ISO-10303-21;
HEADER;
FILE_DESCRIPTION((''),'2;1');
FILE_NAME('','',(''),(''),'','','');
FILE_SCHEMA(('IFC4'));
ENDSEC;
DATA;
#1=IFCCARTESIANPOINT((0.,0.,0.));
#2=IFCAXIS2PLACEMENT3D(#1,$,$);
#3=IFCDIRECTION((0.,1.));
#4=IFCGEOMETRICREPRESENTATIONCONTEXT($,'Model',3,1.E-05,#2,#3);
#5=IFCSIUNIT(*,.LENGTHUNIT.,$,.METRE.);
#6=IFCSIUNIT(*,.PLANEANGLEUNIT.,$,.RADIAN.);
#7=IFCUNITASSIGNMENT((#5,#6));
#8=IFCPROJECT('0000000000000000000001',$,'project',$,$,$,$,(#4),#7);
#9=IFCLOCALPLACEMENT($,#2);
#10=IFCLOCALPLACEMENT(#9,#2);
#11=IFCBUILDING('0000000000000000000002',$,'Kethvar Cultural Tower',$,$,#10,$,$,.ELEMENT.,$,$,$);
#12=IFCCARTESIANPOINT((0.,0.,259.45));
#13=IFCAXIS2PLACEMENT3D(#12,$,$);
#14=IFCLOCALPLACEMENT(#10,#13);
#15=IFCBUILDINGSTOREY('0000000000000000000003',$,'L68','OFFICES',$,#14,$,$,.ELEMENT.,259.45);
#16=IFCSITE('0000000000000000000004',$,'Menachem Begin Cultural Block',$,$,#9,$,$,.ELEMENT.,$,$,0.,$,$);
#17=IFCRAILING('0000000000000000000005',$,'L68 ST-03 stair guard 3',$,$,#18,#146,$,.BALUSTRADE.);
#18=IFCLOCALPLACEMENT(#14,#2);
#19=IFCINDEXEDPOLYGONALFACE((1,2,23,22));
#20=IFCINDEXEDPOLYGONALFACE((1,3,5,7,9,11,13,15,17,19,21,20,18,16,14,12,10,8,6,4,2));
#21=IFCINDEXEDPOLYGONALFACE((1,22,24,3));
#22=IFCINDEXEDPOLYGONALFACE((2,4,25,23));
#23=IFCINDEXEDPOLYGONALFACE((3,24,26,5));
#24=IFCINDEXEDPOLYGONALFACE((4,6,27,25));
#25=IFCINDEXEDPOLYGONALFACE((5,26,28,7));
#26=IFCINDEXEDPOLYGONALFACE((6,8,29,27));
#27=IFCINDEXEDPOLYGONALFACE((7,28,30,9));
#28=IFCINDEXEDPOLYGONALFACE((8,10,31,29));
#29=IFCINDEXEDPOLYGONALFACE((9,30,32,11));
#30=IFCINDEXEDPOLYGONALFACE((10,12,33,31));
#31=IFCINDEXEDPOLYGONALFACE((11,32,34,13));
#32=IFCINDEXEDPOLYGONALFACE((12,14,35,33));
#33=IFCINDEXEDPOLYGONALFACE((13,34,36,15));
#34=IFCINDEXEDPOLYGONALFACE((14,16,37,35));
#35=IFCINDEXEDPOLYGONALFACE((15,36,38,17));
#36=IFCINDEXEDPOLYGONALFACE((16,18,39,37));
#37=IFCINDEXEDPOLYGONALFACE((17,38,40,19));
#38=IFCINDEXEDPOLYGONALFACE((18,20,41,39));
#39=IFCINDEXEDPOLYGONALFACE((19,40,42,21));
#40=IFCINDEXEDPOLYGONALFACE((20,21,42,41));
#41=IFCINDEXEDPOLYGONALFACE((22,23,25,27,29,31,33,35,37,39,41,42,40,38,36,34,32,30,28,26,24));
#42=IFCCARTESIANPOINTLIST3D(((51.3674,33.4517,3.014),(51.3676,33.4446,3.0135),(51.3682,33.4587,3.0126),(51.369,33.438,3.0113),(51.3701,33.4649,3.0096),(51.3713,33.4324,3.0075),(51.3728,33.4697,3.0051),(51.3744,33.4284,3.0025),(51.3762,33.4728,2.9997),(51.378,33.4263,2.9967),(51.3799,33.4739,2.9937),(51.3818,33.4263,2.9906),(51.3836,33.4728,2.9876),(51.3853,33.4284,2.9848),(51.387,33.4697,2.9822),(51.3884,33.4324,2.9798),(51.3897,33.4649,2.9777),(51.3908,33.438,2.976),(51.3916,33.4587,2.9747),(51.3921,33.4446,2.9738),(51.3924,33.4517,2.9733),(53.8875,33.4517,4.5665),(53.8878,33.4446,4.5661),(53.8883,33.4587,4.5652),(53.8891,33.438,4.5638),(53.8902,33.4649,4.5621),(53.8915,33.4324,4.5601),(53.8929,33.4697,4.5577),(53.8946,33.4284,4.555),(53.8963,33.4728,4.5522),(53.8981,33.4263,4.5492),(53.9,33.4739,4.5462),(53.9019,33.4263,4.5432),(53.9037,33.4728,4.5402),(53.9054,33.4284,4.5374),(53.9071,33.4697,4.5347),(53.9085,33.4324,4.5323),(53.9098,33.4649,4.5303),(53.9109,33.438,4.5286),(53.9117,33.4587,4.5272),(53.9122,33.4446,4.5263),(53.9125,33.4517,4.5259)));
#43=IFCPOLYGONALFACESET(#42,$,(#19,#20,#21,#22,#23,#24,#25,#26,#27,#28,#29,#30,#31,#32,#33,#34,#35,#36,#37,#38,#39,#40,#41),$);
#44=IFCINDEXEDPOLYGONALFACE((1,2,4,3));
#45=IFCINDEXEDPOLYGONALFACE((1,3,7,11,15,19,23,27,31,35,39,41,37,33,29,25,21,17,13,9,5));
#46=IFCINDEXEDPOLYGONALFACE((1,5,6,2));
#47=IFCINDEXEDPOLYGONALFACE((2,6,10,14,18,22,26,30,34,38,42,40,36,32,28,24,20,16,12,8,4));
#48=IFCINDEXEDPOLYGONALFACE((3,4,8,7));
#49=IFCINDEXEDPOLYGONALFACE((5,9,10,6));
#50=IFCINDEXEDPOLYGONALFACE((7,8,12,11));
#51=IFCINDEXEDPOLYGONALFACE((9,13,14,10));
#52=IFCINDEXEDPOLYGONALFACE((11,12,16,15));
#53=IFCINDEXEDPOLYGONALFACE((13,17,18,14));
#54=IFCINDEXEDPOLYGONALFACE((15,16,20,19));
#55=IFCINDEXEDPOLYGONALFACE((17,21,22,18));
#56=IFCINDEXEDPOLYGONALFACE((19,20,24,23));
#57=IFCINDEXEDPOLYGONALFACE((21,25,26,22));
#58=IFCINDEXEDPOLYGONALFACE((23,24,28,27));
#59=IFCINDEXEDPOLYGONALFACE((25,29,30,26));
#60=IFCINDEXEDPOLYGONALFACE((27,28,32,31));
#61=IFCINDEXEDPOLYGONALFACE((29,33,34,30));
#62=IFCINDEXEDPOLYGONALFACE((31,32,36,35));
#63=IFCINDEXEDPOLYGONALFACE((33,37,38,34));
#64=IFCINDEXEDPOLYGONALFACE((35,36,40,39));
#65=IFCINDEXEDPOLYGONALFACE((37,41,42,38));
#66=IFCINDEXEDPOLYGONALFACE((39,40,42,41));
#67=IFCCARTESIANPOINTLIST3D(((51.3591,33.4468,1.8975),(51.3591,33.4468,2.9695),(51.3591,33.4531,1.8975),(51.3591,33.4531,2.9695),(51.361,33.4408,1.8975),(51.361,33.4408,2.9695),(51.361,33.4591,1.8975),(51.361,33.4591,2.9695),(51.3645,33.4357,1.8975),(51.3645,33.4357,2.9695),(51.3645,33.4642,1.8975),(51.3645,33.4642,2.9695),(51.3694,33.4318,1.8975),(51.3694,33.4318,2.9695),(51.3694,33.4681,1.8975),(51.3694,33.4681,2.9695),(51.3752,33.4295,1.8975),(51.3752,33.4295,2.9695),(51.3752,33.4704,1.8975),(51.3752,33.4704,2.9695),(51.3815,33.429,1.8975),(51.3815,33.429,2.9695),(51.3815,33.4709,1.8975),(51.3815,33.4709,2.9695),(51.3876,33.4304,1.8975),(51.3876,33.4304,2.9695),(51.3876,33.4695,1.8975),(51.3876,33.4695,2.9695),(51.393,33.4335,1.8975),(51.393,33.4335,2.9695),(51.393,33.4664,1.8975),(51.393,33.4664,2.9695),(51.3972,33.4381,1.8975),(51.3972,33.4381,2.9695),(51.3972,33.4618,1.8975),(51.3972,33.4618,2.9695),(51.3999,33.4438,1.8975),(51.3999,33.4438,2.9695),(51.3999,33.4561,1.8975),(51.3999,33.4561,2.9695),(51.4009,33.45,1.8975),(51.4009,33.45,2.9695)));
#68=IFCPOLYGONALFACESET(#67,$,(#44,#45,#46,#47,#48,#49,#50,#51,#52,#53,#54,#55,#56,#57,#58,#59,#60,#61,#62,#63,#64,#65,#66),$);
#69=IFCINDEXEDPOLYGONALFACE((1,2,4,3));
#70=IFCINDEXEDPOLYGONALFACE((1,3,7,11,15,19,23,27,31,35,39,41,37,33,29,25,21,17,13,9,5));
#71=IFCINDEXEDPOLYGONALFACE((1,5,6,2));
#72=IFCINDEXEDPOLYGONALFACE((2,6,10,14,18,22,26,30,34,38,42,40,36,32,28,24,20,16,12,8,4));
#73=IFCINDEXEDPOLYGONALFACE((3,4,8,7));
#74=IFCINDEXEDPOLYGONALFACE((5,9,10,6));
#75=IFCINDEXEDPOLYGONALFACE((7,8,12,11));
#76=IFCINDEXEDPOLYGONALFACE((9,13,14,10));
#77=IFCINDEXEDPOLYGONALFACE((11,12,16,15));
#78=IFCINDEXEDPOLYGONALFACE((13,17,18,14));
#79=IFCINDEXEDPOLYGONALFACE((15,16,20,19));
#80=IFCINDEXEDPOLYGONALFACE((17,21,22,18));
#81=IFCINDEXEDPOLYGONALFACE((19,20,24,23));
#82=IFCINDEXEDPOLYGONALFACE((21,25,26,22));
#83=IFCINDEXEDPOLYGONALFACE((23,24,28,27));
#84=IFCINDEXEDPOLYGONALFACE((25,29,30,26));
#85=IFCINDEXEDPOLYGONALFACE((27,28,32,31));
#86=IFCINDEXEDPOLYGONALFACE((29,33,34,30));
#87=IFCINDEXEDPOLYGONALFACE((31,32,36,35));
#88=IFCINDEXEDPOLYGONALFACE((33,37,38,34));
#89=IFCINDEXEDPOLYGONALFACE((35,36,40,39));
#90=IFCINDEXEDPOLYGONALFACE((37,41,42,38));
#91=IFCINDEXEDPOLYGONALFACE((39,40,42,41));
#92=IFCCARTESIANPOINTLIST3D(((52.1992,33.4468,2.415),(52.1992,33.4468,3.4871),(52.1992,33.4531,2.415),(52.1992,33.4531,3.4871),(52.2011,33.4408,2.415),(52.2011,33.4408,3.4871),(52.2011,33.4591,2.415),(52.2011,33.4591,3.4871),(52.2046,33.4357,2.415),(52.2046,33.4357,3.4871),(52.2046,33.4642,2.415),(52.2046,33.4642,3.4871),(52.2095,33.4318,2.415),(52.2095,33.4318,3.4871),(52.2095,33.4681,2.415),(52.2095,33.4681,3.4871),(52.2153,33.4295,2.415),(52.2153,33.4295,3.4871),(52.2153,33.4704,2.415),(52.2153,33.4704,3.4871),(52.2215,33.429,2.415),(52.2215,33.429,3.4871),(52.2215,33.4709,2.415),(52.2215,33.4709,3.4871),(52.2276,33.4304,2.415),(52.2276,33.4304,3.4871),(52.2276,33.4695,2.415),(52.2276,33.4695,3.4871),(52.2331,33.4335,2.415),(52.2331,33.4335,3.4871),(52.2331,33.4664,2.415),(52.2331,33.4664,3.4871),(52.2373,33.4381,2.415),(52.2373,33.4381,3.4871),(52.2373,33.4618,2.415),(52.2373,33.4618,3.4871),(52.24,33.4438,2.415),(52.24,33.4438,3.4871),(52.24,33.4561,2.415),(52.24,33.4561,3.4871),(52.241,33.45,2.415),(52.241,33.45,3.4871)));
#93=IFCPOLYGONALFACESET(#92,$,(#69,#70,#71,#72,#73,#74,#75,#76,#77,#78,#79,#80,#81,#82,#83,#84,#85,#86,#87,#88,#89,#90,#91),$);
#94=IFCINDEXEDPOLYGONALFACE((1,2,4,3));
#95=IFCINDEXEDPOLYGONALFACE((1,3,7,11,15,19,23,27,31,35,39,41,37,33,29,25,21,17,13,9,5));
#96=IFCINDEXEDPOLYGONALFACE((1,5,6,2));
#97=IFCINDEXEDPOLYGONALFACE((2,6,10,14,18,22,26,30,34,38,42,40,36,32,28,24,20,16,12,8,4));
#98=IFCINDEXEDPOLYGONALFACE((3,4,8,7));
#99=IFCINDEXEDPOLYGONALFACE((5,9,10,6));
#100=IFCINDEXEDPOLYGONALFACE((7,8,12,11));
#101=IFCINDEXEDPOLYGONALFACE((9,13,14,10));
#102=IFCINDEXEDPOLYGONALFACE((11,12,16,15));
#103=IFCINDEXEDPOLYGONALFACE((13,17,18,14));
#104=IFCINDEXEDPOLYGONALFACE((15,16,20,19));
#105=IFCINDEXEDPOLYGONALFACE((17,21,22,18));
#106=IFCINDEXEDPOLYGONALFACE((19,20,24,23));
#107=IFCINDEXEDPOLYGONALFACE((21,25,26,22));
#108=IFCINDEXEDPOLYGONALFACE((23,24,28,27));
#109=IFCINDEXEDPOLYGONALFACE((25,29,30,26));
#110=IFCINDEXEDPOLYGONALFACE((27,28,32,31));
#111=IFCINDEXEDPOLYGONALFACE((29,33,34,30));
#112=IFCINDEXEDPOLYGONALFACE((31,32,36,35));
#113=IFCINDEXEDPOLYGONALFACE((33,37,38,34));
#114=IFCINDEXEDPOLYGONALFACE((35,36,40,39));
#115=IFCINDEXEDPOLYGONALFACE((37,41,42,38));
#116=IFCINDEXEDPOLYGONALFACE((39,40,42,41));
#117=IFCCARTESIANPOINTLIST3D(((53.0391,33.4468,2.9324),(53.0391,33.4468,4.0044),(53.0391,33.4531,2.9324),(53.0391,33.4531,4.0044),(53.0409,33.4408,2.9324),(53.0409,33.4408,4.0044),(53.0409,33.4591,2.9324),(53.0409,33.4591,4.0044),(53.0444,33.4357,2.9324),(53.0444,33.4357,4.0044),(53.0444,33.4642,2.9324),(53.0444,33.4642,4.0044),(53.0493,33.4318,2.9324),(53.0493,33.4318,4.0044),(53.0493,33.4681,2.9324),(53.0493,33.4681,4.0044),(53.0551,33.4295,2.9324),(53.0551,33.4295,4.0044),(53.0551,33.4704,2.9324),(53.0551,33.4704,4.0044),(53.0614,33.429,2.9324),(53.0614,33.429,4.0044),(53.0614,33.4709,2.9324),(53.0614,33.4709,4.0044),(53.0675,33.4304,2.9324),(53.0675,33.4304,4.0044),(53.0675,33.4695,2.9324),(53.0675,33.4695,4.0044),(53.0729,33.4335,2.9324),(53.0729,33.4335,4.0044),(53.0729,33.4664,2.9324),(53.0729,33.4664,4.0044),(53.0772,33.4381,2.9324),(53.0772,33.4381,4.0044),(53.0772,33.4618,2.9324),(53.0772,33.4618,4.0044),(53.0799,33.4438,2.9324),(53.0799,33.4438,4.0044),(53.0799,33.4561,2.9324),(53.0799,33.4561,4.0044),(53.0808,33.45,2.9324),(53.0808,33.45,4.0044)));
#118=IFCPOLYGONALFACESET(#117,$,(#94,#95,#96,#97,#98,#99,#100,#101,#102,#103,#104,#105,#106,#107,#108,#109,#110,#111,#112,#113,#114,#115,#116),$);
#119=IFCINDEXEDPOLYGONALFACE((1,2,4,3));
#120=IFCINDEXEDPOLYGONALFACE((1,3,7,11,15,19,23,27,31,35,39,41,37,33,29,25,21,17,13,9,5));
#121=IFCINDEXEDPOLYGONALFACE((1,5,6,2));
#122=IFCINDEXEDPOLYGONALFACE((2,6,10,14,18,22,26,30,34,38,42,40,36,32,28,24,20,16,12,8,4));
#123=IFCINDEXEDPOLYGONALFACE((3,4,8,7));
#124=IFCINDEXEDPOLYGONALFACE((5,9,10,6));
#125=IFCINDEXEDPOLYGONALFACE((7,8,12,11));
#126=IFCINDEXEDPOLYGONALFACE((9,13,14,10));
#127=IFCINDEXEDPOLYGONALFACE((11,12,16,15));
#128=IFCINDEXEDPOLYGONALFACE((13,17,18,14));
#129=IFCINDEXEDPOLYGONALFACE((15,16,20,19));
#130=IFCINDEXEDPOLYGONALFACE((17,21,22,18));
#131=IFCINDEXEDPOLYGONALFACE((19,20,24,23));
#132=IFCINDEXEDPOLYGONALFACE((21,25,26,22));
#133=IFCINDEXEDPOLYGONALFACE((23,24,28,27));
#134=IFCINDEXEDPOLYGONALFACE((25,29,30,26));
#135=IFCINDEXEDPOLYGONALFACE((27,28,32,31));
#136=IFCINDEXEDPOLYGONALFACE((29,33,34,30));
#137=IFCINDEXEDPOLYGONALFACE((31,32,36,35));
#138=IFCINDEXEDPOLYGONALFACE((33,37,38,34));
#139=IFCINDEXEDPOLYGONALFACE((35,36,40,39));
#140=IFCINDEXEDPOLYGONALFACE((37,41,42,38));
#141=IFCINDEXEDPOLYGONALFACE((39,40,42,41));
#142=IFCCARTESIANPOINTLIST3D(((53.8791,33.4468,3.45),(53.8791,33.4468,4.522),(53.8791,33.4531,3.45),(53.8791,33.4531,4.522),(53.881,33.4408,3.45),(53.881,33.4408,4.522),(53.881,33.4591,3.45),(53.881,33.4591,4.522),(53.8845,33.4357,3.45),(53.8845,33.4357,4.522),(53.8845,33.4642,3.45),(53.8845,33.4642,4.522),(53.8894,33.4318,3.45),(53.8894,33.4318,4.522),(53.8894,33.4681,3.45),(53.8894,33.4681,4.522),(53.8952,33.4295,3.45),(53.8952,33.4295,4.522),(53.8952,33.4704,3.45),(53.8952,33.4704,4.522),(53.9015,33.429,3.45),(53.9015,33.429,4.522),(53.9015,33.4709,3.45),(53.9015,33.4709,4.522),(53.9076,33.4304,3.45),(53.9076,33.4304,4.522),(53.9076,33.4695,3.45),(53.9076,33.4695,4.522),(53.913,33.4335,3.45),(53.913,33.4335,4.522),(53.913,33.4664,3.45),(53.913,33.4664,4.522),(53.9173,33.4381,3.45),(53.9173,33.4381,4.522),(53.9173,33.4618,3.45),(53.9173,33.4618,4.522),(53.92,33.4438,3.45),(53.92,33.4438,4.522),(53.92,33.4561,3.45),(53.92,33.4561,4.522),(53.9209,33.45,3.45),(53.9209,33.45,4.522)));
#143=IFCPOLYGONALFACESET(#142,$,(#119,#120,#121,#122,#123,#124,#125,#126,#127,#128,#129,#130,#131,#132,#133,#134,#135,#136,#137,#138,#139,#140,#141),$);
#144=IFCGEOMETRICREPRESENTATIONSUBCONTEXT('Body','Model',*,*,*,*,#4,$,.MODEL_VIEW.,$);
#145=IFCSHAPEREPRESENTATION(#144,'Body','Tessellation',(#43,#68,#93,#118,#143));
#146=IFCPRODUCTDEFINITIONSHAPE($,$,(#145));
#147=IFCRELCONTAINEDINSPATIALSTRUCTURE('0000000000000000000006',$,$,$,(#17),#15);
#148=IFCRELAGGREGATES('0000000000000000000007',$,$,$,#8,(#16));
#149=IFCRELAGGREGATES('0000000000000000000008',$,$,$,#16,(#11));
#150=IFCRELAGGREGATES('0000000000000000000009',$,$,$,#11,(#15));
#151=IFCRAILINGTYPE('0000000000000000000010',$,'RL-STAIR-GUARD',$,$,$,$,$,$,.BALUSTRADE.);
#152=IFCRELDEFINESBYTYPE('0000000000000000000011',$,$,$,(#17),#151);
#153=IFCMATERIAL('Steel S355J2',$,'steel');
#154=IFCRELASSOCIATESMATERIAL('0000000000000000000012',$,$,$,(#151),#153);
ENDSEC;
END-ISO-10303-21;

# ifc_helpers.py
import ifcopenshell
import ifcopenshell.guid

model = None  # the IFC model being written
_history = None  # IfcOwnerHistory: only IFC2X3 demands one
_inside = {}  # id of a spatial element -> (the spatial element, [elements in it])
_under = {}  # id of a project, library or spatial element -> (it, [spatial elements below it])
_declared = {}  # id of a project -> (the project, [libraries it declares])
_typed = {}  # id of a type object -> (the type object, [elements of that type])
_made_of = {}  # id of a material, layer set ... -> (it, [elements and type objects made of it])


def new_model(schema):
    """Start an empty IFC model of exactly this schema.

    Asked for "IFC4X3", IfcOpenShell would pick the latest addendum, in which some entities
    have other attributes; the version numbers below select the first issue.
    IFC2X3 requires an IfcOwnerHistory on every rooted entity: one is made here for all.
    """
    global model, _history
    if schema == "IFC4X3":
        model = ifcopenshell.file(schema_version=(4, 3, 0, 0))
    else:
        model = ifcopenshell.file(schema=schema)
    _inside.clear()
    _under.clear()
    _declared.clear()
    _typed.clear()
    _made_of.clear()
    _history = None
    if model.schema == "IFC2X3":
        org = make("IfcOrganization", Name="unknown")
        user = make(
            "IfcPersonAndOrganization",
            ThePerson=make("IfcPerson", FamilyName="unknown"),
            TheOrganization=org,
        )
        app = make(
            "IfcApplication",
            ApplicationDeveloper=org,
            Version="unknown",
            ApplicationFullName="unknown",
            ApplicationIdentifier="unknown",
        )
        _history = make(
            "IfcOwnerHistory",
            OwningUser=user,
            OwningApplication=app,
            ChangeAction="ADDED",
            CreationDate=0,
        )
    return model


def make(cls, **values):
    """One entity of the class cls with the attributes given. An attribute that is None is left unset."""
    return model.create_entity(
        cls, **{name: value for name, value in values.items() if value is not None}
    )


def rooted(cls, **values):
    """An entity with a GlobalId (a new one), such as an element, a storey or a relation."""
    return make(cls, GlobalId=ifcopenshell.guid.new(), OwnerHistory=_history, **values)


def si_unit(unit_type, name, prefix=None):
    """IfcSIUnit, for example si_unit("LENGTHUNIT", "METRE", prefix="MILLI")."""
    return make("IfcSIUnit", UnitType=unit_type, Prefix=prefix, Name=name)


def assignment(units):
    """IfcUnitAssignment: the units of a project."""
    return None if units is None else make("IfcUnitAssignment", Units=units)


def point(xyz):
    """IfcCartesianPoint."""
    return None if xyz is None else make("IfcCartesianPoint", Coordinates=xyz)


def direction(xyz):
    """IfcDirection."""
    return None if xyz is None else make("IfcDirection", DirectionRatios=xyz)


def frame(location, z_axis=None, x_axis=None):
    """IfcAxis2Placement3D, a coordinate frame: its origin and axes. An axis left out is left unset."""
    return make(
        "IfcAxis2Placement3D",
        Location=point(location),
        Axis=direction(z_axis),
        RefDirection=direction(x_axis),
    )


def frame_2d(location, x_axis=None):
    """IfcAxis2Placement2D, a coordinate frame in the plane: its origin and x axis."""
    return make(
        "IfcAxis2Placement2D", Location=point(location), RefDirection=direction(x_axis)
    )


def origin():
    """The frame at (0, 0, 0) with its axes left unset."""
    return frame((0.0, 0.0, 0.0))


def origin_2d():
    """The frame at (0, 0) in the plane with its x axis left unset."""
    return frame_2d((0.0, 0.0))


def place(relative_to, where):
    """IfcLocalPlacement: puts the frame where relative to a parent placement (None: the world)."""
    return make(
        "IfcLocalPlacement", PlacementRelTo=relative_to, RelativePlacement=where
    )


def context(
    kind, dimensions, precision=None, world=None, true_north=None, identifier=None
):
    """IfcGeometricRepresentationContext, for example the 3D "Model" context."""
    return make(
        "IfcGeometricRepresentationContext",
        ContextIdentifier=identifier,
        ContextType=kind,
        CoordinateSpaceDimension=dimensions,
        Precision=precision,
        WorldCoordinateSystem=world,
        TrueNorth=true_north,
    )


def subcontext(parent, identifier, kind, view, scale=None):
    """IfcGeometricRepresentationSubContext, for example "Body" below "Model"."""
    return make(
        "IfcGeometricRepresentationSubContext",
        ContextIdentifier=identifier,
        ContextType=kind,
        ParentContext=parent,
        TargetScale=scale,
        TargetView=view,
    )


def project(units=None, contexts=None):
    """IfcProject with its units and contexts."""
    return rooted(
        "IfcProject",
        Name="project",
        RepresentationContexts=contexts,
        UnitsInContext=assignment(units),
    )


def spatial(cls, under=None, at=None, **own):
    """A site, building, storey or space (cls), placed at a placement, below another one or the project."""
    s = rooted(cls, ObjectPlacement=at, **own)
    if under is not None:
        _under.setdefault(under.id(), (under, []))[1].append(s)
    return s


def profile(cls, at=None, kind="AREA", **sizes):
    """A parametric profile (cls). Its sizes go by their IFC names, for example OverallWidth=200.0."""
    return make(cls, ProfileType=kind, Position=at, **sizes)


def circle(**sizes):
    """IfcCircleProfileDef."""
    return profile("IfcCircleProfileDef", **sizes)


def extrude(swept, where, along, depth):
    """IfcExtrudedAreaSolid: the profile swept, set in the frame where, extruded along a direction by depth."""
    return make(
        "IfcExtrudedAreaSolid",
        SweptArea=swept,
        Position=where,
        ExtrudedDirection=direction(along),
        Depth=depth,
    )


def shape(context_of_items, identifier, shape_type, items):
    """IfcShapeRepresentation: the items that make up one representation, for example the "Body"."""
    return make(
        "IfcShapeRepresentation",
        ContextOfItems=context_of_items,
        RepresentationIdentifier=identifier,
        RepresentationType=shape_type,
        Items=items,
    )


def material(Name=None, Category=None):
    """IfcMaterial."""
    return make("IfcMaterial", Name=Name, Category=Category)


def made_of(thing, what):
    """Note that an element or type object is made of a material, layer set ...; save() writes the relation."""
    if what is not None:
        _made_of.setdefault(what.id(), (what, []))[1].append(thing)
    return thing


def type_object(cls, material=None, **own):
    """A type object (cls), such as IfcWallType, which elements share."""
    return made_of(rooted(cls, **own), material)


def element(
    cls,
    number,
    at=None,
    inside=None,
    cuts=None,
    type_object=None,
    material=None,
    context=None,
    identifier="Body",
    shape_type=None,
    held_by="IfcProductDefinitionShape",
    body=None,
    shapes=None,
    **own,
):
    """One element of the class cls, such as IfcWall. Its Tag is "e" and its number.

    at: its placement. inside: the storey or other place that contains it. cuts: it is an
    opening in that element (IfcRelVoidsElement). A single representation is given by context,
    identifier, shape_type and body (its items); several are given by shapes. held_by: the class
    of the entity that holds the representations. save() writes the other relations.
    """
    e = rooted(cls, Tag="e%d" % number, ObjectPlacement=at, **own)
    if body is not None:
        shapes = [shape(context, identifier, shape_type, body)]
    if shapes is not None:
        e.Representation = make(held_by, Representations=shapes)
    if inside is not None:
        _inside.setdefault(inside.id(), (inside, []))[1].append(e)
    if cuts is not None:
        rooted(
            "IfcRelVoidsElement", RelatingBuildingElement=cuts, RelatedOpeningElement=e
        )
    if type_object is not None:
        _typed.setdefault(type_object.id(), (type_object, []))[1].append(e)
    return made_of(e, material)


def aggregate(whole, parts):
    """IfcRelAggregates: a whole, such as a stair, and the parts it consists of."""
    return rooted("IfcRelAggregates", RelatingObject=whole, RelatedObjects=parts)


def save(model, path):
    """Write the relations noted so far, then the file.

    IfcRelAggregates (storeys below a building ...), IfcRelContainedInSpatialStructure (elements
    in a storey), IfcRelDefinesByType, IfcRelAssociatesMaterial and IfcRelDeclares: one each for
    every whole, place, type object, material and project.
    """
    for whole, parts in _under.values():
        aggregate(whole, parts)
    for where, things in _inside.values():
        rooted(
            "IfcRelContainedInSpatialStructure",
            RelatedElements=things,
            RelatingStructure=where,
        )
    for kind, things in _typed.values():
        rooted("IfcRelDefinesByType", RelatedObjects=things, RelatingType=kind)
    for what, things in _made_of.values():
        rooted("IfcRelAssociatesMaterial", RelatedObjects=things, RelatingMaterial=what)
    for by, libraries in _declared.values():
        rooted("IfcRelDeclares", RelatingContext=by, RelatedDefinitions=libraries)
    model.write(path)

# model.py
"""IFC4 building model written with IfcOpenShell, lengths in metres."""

from ifc_helpers import new_model, si_unit, direction, frame, origin, origin_2d, place, context, subcontext, project, spatial, circle, extrude, material, type_object, element, save


model = new_model("IFC4")

# Units and contexts
model_context = context("Model", 3, precision=1e-05, world=origin(), true_north=direction((0.0, 1.0)))
body_context = subcontext(model_context, "Body", "Model", "MODEL_VIEW")
ifc_project = project(units=[si_unit("LENGTHUNIT", "METRE"), si_unit("PLANEANGLEUNIT", "RADIAN")], contexts=[model_context])

# Site, building, storey
site_placement = place(None, origin())
site = spatial("IfcSite", under=ifc_project, at=site_placement, Name="Menachem Begin Cultural Block", CompositionType="ELEMENT", RefElevation=0.0)
building_placement = place(site_placement, origin())
building = spatial("IfcBuilding", under=site, at=building_placement, Name="Kethvar Cultural Tower", CompositionType="ELEMENT")
storey_placement = place(building_placement, frame((0.0, 0.0, 259.45)))
storey = spatial("IfcBuildingStorey", under=building, at=storey_placement, Name="L68", Description="OFFICES", CompositionType="ELEMENT", Elevation=259.45)

# Shared definitions
ifc_material_1 = material(Name="Steel S355J2", Category="steel")

# Railing
railing_type_1 = type_object("IfcRailingType", Name="RL-STAIR-GUARD", PredefinedType="BALUSTRADE", material=ifc_material_1)
railing_1_placement = place(storey_placement, frame((51.3799, 33.45, 1.8975)))
element("IfcRailing", 1, at=railing_1_placement, inside=storey, type_object=railing_type_1, Name="L68 ST-03 stair guard 3", PredefinedType="BALUSTRADE", context=body_context, shape_type="SweptSolid", body=[
    extrude(circle(Radius=0.0239, at=origin_2d()), frame((0.0, 0.0, 1.0962), z_axis=(0.8514, 0.0, 0.524516), x_axis=(0.0, 1.0, 0.0)), (0.0, 0.0, 1.0), 2.96),
    extrude(circle(Radius=0.021, at=origin_2d()), origin(), (0.0, 0.0, 1.0), 1.072),
    extrude(circle(Radius=0.021, at=origin_2d()), frame((0.8401, 0.0, 0.5176)), (0.0, 0.0, 1.0), 1.072),
    extrude(circle(Radius=0.021, at=origin_2d()), frame((1.6799, 0.0, 1.0349)), (0.0, 0.0, 1.0), 1.072),
    extrude(circle(Radius=0.021, at=origin_2d()), frame((2.52, 0.0, 1.5525)), (0.0, 0.0, 1.0), 1.072),
])

save(model, "model.ifc")
